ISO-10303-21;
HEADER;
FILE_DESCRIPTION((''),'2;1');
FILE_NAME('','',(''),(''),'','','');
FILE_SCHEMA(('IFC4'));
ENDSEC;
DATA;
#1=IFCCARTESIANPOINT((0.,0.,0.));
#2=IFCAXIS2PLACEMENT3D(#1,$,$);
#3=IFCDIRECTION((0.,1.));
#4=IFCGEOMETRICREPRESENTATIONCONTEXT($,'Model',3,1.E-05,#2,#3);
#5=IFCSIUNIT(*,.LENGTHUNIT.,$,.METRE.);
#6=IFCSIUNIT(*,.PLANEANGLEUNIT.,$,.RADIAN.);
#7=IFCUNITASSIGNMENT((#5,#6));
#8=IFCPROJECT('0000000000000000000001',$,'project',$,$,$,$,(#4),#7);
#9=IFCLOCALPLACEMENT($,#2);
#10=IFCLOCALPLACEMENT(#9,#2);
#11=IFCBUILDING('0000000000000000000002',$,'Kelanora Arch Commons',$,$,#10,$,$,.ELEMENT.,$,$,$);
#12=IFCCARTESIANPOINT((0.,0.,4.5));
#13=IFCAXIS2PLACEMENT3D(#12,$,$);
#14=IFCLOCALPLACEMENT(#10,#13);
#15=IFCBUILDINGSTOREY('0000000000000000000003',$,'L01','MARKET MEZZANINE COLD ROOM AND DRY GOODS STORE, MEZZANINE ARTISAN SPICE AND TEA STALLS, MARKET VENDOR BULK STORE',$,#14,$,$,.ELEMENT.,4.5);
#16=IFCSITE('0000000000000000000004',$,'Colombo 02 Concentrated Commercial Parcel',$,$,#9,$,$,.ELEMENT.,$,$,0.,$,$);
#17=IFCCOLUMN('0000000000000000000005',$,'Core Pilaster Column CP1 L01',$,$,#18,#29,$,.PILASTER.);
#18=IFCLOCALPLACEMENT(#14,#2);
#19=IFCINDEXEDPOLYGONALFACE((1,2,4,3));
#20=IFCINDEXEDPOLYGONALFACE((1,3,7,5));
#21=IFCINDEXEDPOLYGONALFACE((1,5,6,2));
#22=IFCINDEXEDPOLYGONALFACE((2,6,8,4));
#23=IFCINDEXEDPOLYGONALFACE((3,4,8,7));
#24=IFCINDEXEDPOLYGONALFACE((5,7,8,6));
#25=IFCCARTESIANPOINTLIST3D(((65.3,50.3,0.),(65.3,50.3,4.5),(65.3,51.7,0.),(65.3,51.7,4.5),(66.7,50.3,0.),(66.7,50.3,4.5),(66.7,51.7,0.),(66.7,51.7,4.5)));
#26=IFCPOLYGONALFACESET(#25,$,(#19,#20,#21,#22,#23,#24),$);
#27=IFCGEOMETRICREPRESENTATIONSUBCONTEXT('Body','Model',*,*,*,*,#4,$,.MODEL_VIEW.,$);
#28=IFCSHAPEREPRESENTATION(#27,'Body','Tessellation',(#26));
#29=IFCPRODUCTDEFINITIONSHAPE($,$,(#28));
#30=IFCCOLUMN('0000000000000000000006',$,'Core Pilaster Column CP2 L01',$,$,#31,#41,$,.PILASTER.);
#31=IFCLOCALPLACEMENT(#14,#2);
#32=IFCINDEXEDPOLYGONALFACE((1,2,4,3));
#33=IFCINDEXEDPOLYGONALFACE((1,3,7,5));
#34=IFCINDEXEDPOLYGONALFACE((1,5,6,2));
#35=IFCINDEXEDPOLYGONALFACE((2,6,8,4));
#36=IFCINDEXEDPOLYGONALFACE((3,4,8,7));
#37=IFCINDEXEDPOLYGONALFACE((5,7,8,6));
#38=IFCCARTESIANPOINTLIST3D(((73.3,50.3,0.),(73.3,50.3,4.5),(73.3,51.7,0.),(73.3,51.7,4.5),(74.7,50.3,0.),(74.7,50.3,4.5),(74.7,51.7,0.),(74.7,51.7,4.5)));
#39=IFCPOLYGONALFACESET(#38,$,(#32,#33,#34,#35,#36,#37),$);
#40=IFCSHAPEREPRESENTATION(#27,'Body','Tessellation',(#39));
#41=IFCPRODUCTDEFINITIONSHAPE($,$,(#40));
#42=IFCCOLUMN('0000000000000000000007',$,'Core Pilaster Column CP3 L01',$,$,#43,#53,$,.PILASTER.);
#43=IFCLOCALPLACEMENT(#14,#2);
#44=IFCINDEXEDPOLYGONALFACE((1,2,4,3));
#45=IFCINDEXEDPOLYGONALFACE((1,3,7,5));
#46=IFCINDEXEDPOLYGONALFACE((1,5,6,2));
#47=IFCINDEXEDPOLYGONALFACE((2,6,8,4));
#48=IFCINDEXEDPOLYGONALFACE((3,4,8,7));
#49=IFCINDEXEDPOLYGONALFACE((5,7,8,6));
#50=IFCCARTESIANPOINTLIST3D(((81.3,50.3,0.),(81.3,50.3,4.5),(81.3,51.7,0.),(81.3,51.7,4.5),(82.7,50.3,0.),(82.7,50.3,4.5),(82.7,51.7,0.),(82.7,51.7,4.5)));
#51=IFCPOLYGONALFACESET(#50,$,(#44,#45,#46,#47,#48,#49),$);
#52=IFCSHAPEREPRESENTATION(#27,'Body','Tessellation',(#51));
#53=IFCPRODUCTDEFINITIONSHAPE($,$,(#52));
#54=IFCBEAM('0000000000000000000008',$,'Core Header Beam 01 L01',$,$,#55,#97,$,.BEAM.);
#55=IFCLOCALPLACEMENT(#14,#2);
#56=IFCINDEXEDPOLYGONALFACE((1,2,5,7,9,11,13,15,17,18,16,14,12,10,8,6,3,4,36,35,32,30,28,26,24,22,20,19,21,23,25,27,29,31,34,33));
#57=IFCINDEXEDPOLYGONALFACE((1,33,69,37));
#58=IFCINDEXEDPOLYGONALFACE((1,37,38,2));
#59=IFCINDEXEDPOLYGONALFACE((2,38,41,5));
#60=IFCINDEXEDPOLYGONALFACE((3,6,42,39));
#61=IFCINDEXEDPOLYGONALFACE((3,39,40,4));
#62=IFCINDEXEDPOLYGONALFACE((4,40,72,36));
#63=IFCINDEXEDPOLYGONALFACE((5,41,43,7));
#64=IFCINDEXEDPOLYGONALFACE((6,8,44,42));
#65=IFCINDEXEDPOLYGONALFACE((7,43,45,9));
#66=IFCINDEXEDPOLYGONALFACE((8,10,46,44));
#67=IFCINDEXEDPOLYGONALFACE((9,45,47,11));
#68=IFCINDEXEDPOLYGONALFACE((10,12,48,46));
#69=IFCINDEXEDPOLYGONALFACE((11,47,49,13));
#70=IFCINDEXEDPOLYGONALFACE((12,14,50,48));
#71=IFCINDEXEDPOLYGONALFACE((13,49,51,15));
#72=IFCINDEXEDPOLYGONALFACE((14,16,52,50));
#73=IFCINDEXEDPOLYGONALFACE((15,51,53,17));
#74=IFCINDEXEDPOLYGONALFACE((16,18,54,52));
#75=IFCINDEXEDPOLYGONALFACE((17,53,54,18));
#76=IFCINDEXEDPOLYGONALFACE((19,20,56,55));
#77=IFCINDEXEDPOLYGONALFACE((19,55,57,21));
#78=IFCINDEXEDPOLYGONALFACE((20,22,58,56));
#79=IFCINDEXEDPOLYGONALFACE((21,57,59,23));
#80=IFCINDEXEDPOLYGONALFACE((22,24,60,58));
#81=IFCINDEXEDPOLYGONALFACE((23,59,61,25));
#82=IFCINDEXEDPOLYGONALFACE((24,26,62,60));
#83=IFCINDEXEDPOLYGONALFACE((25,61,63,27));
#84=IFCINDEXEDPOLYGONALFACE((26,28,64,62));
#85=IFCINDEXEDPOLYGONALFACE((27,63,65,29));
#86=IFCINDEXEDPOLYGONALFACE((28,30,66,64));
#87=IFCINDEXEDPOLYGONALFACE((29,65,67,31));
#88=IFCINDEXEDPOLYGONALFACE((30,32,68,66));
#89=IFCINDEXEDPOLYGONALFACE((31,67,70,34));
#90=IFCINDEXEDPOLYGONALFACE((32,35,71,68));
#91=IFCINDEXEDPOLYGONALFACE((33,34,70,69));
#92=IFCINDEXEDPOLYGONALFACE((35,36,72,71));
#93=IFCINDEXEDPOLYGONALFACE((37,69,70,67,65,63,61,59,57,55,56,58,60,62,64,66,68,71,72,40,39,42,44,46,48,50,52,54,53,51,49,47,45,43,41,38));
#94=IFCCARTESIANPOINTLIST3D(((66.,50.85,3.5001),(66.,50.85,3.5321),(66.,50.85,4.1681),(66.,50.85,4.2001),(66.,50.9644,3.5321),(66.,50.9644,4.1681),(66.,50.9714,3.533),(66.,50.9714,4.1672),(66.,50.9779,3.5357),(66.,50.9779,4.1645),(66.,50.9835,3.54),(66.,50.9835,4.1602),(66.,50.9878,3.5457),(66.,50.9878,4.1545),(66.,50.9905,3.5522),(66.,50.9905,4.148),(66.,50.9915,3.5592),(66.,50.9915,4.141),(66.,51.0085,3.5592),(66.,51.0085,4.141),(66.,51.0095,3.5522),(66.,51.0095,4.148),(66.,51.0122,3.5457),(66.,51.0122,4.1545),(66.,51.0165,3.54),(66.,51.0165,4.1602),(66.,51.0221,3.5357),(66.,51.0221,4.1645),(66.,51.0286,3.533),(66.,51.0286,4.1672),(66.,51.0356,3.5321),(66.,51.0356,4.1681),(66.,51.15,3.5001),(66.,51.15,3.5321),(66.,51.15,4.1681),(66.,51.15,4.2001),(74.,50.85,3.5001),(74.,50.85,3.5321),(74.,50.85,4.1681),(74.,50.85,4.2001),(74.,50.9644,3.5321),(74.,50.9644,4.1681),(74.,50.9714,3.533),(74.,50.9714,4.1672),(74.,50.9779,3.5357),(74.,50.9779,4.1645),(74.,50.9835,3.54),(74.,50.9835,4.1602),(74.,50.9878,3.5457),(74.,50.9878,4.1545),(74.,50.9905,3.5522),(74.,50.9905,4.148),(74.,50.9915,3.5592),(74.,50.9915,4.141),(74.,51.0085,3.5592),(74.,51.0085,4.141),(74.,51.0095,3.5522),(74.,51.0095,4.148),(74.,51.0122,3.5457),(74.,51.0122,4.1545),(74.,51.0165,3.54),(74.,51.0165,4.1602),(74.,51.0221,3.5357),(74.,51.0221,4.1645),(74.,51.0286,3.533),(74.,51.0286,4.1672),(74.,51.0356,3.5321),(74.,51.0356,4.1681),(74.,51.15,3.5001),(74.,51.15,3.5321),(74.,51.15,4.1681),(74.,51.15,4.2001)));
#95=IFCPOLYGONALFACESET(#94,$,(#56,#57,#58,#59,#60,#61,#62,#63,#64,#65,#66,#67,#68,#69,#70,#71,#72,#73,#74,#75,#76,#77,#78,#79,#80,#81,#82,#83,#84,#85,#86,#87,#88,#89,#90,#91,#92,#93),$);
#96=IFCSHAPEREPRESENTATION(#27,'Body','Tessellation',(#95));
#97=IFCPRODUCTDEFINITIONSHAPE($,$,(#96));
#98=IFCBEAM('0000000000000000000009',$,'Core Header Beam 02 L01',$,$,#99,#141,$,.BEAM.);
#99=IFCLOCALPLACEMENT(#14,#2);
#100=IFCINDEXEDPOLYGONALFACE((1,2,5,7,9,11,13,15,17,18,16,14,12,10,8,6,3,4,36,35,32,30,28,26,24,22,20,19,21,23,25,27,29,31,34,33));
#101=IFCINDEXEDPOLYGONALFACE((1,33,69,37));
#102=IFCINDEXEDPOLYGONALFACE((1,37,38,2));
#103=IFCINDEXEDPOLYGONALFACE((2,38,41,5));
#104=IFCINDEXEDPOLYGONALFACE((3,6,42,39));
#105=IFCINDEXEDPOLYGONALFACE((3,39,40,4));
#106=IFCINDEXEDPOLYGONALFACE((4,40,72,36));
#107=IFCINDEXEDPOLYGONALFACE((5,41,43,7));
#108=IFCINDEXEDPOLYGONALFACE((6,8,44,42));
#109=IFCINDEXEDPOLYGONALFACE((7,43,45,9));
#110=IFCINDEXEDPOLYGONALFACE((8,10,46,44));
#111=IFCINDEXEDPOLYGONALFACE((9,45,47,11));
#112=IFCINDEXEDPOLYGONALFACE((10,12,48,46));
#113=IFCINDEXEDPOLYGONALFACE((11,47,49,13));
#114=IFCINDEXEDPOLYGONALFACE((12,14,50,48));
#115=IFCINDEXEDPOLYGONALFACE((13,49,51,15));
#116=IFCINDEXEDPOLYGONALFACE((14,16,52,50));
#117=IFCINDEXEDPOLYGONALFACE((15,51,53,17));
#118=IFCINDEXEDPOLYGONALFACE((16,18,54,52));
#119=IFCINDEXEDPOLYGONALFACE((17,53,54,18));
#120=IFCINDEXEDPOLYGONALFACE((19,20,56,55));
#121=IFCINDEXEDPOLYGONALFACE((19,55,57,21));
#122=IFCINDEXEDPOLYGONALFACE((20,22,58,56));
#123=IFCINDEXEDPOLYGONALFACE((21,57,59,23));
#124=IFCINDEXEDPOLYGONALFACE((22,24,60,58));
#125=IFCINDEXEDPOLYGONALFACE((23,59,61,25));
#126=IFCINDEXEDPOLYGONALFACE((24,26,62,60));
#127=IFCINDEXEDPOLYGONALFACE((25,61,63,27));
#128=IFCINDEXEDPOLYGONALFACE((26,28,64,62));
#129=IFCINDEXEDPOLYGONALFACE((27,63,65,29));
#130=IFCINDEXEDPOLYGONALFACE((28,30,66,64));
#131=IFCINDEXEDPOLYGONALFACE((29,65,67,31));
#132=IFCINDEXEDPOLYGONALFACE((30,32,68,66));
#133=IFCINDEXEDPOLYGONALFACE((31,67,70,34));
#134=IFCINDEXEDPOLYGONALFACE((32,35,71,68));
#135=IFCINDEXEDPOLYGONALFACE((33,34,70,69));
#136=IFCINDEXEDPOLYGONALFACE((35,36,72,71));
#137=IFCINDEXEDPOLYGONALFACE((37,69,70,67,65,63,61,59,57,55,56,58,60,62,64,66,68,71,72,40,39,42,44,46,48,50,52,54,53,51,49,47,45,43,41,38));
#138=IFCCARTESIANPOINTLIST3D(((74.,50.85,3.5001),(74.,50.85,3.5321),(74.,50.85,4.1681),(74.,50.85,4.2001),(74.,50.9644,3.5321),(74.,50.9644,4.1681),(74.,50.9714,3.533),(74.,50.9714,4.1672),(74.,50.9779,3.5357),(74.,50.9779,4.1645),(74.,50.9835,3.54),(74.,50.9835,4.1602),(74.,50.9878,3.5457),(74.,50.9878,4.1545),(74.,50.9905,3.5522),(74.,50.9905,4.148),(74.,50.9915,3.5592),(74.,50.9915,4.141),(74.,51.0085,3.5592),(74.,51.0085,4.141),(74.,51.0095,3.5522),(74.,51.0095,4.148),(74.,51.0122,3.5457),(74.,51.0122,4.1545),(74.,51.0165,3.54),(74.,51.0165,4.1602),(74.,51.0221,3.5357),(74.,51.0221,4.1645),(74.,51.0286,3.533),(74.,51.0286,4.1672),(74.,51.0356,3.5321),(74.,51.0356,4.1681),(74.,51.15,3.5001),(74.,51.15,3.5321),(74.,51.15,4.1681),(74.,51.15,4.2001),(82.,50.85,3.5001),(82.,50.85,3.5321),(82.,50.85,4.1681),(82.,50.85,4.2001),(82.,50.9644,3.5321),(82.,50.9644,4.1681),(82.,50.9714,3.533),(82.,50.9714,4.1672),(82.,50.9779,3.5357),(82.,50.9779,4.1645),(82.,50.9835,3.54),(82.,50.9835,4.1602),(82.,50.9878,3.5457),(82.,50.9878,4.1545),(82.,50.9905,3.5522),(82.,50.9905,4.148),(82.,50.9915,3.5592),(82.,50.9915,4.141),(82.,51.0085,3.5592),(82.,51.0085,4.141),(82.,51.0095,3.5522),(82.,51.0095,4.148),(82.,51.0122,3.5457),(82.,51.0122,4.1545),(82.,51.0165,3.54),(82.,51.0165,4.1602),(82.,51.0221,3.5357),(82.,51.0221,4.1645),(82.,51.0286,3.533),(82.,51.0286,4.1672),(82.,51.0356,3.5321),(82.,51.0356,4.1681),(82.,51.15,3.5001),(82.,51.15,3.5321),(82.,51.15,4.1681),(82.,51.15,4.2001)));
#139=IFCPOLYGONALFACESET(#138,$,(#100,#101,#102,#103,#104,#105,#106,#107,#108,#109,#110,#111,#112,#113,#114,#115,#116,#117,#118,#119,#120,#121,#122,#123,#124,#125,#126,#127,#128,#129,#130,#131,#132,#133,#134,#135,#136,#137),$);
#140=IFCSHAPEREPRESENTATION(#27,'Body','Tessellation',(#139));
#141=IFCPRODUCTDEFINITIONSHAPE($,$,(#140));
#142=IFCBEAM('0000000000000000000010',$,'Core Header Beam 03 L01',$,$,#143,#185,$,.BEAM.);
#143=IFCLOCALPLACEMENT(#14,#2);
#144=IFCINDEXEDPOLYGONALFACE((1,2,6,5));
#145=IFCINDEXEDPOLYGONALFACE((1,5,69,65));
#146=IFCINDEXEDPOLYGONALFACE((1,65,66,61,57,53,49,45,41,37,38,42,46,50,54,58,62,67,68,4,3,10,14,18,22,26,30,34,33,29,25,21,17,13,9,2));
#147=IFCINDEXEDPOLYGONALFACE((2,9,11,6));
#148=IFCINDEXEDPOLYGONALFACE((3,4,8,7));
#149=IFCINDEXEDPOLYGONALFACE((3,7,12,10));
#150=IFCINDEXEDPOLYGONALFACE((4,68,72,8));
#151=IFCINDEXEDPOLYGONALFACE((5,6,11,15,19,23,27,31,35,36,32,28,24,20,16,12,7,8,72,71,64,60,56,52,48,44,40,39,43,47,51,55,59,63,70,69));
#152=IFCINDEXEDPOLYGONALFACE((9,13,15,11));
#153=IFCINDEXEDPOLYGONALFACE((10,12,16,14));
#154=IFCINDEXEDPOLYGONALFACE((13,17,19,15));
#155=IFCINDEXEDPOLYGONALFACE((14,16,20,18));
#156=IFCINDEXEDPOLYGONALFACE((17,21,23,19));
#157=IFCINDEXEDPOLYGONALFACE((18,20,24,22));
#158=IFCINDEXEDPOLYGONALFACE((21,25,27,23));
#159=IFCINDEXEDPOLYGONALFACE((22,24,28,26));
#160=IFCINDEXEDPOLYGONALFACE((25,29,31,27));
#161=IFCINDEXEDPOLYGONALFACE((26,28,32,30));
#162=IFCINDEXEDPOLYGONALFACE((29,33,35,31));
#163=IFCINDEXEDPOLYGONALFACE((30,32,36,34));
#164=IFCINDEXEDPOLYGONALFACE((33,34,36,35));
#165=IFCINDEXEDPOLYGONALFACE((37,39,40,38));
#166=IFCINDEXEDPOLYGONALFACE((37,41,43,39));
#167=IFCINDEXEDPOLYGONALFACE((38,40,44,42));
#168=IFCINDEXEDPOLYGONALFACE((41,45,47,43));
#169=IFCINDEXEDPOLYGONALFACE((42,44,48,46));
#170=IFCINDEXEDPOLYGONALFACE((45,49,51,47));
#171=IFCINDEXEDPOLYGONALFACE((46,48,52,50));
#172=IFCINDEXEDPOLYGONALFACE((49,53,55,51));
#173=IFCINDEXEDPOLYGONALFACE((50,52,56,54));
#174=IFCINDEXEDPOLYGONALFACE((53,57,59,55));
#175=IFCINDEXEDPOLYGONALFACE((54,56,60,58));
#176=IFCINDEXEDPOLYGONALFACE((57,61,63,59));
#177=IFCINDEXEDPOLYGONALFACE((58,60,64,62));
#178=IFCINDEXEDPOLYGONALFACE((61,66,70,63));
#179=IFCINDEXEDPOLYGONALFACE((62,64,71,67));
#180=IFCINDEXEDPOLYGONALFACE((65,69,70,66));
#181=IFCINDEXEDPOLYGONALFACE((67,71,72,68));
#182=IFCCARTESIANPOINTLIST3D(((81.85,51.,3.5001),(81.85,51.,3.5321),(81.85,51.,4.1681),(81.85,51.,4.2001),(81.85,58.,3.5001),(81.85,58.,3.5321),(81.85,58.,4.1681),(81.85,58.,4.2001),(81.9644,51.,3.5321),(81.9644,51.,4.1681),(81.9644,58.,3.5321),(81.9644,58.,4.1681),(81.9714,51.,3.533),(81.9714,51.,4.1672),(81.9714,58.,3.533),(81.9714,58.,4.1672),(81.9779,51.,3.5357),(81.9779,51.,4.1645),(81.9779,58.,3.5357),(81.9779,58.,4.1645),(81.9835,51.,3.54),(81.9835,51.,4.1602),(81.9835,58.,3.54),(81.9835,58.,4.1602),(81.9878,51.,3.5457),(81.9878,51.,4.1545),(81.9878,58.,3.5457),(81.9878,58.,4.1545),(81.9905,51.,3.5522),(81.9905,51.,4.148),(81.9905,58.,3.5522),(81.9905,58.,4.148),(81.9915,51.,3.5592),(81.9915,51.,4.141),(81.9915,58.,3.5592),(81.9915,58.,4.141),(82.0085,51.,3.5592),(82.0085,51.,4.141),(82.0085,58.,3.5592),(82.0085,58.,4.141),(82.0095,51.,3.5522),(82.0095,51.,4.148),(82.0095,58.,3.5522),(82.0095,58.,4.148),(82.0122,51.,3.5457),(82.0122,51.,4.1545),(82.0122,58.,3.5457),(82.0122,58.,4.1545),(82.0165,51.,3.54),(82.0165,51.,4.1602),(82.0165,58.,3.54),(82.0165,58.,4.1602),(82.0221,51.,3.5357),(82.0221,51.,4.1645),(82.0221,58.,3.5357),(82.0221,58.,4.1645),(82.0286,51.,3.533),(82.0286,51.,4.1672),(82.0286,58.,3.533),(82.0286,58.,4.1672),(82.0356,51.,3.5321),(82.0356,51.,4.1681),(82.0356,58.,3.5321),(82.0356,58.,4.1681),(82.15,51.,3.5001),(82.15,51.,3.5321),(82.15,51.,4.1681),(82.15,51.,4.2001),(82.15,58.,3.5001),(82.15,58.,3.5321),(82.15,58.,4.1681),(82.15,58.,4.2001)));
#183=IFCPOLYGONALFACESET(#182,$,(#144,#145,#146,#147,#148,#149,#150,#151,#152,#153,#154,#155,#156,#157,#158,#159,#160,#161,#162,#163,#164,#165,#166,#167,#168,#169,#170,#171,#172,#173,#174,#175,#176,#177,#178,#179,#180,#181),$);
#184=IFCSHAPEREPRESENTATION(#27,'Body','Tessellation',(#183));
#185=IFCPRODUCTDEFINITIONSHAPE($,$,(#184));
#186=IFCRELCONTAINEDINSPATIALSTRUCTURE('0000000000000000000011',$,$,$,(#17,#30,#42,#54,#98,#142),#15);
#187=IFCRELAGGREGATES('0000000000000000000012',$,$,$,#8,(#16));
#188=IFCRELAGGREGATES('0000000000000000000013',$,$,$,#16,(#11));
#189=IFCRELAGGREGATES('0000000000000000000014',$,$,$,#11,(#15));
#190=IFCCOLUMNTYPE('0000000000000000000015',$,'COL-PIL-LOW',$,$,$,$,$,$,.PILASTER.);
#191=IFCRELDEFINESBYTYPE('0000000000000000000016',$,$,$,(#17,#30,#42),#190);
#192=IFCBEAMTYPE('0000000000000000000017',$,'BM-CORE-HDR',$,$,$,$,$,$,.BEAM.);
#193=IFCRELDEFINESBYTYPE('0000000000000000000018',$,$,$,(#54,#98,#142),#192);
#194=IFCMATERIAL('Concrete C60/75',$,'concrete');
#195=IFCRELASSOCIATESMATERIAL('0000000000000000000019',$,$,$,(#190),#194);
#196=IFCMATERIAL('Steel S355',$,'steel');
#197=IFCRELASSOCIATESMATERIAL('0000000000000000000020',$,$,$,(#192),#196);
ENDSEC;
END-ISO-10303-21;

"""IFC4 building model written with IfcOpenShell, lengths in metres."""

from ifc_helpers import new_model, si_unit, direction, frame, origin, origin_2d, place, context, subcontext, project, spatial, rectangle, i_section, extrude, material, material_profile, profile_set, type_object, element, save


model = new_model("IFC4")

# Units and contexts
model_context = context("Model", 3, precision=1e-05, world=origin(), true_north=direction((0.0, 1.0)))
body_context = subcontext(model_context, "Body", "Model", "MODEL_VIEW")
ifc_project = project(units=[si_unit("LENGTHUNIT", "METRE"), si_unit("PLANEANGLEUNIT", "RADIAN")], contexts=[model_context])

# Site, building, storey
site_placement = place(None, origin())
site = spatial("IfcSite", under=ifc_project, at=site_placement, Name="Colombo 02 Concentrated Commercial Parcel", CompositionType="ELEMENT", RefElevation=0.0)
building_placement = place(site_placement, origin())
building = spatial("IfcBuilding", under=site, at=building_placement, Name="Kelanora Arch Commons", CompositionType="ELEMENT")
storey_placement = place(building_placement, frame((0.0, 0.0, 4.5)))
storey = spatial("IfcBuildingStorey", under=building, at=storey_placement, Name="L01", Description="MARKET MEZZANINE COLD ROOM AND DRY GOODS STORE, MEZZANINE ARTISAN SPICE AND TEA STALLS, MARKET VENDOR BULK STORE", CompositionType="ELEMENT", Elevation=4.5)

# Columns
ifc_material_1 = material(Name="Concrete C60/75", Category="concrete")
ifc_material_profile_1 = material_profile(ifc_material_1, rectangle(XDim=1.3999, YDim=1.3999, at=origin_2d()), Name="RC1400x1400")
ifc_profile_set_1 = profile_set([ifc_material_profile_1], Name="Concrete C60/75")
column_type = type_object("IfcColumnType", Name="COL-PIL-LOW", PredefinedType="PILASTER", material=ifc_profile_set_1)
for number, where, z_axis, x_axis, name in (
    (1, (66.0, 51.0, 0.0), (0.0, 0.0, 1.0), (1.0, 0.0, 0.0), "Core Pilaster Column CP1 L01"),
    (2, (74.0, 51.0, 0.0), (0.0, 0.0, 1.0), (1.0, 0.0, 0.0), "Core Pilaster Column CP2 L01"),
    (3, (82.0, 51.0, 0.0), (0.0, 0.0, 1.0), (1.0, 0.0, 0.0), "Core Pilaster Column CP3 L01"),
):
    element("IfcColumn", number, at=place(storey_placement, frame(where, z_axis=z_axis, x_axis=x_axis)), inside=storey, type_object=column_type, Name=name, PredefinedType="PILASTER", context=body_context, shape_type="SweptSolid", body=[
        extrude(rectangle(XDim=1.3999, YDim=1.3999, at=origin_2d()), origin(), (0.0, 0.0, 1.0), 4.5),
    ])

# Beams
ifc_material_2 = material(Name="Steel S355", Category="steel")
ifc_material_profile_2 = material_profile(ifc_material_2, i_section(OverallWidth=0.3, OverallDepth=0.7, WebThickness=0.0171, FlangeThickness=0.032, FilletRadius=0.0271, at=origin_2d()), Name="HEB700")
ifc_profile_set_2 = profile_set([ifc_material_profile_2], Name="Steel S355")
beam_type_1 = type_object("IfcBeamType", Name="BM-CORE-HDR", PredefinedType="BEAM", material=ifc_profile_set_2)
for number, where, z_axis, x_axis, name in (
    (4, (66.0, 51.0, 3.8501), (1.0, 0.0, 0.0), (0.0, 1.0, 0.0), "Core Header Beam 01 L01"),
    (5, (74.0, 51.0, 3.8501), (1.0, 0.0, 0.0), (0.0, 1.0, 0.0), "Core Header Beam 02 L01"),
):
    element("IfcBeam", number, at=place(storey_placement, frame(where, z_axis=z_axis, x_axis=x_axis)), inside=storey, type_object=beam_type_1, Name=name, PredefinedType="BEAM", context=body_context, shape_type="SweptSolid", body=[
        extrude(i_section(OverallWidth=0.3, OverallDepth=0.7, WebThickness=0.0171, FlangeThickness=0.032, FilletRadius=0.0271, at=origin_2d()), origin(), (0.0, 0.0, 1.0), 8.0),
    ])
beam_1_placement = place(storey_placement, frame((82.0, 51.0, 3.8501), z_axis=(0.0, 1.0, 0.0), x_axis=(-1.0, 0.0, 0.0)))
element("IfcBeam", 6, at=beam_1_placement, inside=storey, type_object=beam_type_1, Name="Core Header Beam 03 L01", PredefinedType="BEAM", context=body_context, shape_type="SweptSolid", body=[
    extrude(i_section(OverallWidth=0.3, OverallDepth=0.7, WebThickness=0.0171, FlangeThickness=0.032, FilletRadius=0.0271, at=origin_2d()), origin(), (0.0, 0.0, 1.0), 7.0),
])

save(model, "model.ifc")
